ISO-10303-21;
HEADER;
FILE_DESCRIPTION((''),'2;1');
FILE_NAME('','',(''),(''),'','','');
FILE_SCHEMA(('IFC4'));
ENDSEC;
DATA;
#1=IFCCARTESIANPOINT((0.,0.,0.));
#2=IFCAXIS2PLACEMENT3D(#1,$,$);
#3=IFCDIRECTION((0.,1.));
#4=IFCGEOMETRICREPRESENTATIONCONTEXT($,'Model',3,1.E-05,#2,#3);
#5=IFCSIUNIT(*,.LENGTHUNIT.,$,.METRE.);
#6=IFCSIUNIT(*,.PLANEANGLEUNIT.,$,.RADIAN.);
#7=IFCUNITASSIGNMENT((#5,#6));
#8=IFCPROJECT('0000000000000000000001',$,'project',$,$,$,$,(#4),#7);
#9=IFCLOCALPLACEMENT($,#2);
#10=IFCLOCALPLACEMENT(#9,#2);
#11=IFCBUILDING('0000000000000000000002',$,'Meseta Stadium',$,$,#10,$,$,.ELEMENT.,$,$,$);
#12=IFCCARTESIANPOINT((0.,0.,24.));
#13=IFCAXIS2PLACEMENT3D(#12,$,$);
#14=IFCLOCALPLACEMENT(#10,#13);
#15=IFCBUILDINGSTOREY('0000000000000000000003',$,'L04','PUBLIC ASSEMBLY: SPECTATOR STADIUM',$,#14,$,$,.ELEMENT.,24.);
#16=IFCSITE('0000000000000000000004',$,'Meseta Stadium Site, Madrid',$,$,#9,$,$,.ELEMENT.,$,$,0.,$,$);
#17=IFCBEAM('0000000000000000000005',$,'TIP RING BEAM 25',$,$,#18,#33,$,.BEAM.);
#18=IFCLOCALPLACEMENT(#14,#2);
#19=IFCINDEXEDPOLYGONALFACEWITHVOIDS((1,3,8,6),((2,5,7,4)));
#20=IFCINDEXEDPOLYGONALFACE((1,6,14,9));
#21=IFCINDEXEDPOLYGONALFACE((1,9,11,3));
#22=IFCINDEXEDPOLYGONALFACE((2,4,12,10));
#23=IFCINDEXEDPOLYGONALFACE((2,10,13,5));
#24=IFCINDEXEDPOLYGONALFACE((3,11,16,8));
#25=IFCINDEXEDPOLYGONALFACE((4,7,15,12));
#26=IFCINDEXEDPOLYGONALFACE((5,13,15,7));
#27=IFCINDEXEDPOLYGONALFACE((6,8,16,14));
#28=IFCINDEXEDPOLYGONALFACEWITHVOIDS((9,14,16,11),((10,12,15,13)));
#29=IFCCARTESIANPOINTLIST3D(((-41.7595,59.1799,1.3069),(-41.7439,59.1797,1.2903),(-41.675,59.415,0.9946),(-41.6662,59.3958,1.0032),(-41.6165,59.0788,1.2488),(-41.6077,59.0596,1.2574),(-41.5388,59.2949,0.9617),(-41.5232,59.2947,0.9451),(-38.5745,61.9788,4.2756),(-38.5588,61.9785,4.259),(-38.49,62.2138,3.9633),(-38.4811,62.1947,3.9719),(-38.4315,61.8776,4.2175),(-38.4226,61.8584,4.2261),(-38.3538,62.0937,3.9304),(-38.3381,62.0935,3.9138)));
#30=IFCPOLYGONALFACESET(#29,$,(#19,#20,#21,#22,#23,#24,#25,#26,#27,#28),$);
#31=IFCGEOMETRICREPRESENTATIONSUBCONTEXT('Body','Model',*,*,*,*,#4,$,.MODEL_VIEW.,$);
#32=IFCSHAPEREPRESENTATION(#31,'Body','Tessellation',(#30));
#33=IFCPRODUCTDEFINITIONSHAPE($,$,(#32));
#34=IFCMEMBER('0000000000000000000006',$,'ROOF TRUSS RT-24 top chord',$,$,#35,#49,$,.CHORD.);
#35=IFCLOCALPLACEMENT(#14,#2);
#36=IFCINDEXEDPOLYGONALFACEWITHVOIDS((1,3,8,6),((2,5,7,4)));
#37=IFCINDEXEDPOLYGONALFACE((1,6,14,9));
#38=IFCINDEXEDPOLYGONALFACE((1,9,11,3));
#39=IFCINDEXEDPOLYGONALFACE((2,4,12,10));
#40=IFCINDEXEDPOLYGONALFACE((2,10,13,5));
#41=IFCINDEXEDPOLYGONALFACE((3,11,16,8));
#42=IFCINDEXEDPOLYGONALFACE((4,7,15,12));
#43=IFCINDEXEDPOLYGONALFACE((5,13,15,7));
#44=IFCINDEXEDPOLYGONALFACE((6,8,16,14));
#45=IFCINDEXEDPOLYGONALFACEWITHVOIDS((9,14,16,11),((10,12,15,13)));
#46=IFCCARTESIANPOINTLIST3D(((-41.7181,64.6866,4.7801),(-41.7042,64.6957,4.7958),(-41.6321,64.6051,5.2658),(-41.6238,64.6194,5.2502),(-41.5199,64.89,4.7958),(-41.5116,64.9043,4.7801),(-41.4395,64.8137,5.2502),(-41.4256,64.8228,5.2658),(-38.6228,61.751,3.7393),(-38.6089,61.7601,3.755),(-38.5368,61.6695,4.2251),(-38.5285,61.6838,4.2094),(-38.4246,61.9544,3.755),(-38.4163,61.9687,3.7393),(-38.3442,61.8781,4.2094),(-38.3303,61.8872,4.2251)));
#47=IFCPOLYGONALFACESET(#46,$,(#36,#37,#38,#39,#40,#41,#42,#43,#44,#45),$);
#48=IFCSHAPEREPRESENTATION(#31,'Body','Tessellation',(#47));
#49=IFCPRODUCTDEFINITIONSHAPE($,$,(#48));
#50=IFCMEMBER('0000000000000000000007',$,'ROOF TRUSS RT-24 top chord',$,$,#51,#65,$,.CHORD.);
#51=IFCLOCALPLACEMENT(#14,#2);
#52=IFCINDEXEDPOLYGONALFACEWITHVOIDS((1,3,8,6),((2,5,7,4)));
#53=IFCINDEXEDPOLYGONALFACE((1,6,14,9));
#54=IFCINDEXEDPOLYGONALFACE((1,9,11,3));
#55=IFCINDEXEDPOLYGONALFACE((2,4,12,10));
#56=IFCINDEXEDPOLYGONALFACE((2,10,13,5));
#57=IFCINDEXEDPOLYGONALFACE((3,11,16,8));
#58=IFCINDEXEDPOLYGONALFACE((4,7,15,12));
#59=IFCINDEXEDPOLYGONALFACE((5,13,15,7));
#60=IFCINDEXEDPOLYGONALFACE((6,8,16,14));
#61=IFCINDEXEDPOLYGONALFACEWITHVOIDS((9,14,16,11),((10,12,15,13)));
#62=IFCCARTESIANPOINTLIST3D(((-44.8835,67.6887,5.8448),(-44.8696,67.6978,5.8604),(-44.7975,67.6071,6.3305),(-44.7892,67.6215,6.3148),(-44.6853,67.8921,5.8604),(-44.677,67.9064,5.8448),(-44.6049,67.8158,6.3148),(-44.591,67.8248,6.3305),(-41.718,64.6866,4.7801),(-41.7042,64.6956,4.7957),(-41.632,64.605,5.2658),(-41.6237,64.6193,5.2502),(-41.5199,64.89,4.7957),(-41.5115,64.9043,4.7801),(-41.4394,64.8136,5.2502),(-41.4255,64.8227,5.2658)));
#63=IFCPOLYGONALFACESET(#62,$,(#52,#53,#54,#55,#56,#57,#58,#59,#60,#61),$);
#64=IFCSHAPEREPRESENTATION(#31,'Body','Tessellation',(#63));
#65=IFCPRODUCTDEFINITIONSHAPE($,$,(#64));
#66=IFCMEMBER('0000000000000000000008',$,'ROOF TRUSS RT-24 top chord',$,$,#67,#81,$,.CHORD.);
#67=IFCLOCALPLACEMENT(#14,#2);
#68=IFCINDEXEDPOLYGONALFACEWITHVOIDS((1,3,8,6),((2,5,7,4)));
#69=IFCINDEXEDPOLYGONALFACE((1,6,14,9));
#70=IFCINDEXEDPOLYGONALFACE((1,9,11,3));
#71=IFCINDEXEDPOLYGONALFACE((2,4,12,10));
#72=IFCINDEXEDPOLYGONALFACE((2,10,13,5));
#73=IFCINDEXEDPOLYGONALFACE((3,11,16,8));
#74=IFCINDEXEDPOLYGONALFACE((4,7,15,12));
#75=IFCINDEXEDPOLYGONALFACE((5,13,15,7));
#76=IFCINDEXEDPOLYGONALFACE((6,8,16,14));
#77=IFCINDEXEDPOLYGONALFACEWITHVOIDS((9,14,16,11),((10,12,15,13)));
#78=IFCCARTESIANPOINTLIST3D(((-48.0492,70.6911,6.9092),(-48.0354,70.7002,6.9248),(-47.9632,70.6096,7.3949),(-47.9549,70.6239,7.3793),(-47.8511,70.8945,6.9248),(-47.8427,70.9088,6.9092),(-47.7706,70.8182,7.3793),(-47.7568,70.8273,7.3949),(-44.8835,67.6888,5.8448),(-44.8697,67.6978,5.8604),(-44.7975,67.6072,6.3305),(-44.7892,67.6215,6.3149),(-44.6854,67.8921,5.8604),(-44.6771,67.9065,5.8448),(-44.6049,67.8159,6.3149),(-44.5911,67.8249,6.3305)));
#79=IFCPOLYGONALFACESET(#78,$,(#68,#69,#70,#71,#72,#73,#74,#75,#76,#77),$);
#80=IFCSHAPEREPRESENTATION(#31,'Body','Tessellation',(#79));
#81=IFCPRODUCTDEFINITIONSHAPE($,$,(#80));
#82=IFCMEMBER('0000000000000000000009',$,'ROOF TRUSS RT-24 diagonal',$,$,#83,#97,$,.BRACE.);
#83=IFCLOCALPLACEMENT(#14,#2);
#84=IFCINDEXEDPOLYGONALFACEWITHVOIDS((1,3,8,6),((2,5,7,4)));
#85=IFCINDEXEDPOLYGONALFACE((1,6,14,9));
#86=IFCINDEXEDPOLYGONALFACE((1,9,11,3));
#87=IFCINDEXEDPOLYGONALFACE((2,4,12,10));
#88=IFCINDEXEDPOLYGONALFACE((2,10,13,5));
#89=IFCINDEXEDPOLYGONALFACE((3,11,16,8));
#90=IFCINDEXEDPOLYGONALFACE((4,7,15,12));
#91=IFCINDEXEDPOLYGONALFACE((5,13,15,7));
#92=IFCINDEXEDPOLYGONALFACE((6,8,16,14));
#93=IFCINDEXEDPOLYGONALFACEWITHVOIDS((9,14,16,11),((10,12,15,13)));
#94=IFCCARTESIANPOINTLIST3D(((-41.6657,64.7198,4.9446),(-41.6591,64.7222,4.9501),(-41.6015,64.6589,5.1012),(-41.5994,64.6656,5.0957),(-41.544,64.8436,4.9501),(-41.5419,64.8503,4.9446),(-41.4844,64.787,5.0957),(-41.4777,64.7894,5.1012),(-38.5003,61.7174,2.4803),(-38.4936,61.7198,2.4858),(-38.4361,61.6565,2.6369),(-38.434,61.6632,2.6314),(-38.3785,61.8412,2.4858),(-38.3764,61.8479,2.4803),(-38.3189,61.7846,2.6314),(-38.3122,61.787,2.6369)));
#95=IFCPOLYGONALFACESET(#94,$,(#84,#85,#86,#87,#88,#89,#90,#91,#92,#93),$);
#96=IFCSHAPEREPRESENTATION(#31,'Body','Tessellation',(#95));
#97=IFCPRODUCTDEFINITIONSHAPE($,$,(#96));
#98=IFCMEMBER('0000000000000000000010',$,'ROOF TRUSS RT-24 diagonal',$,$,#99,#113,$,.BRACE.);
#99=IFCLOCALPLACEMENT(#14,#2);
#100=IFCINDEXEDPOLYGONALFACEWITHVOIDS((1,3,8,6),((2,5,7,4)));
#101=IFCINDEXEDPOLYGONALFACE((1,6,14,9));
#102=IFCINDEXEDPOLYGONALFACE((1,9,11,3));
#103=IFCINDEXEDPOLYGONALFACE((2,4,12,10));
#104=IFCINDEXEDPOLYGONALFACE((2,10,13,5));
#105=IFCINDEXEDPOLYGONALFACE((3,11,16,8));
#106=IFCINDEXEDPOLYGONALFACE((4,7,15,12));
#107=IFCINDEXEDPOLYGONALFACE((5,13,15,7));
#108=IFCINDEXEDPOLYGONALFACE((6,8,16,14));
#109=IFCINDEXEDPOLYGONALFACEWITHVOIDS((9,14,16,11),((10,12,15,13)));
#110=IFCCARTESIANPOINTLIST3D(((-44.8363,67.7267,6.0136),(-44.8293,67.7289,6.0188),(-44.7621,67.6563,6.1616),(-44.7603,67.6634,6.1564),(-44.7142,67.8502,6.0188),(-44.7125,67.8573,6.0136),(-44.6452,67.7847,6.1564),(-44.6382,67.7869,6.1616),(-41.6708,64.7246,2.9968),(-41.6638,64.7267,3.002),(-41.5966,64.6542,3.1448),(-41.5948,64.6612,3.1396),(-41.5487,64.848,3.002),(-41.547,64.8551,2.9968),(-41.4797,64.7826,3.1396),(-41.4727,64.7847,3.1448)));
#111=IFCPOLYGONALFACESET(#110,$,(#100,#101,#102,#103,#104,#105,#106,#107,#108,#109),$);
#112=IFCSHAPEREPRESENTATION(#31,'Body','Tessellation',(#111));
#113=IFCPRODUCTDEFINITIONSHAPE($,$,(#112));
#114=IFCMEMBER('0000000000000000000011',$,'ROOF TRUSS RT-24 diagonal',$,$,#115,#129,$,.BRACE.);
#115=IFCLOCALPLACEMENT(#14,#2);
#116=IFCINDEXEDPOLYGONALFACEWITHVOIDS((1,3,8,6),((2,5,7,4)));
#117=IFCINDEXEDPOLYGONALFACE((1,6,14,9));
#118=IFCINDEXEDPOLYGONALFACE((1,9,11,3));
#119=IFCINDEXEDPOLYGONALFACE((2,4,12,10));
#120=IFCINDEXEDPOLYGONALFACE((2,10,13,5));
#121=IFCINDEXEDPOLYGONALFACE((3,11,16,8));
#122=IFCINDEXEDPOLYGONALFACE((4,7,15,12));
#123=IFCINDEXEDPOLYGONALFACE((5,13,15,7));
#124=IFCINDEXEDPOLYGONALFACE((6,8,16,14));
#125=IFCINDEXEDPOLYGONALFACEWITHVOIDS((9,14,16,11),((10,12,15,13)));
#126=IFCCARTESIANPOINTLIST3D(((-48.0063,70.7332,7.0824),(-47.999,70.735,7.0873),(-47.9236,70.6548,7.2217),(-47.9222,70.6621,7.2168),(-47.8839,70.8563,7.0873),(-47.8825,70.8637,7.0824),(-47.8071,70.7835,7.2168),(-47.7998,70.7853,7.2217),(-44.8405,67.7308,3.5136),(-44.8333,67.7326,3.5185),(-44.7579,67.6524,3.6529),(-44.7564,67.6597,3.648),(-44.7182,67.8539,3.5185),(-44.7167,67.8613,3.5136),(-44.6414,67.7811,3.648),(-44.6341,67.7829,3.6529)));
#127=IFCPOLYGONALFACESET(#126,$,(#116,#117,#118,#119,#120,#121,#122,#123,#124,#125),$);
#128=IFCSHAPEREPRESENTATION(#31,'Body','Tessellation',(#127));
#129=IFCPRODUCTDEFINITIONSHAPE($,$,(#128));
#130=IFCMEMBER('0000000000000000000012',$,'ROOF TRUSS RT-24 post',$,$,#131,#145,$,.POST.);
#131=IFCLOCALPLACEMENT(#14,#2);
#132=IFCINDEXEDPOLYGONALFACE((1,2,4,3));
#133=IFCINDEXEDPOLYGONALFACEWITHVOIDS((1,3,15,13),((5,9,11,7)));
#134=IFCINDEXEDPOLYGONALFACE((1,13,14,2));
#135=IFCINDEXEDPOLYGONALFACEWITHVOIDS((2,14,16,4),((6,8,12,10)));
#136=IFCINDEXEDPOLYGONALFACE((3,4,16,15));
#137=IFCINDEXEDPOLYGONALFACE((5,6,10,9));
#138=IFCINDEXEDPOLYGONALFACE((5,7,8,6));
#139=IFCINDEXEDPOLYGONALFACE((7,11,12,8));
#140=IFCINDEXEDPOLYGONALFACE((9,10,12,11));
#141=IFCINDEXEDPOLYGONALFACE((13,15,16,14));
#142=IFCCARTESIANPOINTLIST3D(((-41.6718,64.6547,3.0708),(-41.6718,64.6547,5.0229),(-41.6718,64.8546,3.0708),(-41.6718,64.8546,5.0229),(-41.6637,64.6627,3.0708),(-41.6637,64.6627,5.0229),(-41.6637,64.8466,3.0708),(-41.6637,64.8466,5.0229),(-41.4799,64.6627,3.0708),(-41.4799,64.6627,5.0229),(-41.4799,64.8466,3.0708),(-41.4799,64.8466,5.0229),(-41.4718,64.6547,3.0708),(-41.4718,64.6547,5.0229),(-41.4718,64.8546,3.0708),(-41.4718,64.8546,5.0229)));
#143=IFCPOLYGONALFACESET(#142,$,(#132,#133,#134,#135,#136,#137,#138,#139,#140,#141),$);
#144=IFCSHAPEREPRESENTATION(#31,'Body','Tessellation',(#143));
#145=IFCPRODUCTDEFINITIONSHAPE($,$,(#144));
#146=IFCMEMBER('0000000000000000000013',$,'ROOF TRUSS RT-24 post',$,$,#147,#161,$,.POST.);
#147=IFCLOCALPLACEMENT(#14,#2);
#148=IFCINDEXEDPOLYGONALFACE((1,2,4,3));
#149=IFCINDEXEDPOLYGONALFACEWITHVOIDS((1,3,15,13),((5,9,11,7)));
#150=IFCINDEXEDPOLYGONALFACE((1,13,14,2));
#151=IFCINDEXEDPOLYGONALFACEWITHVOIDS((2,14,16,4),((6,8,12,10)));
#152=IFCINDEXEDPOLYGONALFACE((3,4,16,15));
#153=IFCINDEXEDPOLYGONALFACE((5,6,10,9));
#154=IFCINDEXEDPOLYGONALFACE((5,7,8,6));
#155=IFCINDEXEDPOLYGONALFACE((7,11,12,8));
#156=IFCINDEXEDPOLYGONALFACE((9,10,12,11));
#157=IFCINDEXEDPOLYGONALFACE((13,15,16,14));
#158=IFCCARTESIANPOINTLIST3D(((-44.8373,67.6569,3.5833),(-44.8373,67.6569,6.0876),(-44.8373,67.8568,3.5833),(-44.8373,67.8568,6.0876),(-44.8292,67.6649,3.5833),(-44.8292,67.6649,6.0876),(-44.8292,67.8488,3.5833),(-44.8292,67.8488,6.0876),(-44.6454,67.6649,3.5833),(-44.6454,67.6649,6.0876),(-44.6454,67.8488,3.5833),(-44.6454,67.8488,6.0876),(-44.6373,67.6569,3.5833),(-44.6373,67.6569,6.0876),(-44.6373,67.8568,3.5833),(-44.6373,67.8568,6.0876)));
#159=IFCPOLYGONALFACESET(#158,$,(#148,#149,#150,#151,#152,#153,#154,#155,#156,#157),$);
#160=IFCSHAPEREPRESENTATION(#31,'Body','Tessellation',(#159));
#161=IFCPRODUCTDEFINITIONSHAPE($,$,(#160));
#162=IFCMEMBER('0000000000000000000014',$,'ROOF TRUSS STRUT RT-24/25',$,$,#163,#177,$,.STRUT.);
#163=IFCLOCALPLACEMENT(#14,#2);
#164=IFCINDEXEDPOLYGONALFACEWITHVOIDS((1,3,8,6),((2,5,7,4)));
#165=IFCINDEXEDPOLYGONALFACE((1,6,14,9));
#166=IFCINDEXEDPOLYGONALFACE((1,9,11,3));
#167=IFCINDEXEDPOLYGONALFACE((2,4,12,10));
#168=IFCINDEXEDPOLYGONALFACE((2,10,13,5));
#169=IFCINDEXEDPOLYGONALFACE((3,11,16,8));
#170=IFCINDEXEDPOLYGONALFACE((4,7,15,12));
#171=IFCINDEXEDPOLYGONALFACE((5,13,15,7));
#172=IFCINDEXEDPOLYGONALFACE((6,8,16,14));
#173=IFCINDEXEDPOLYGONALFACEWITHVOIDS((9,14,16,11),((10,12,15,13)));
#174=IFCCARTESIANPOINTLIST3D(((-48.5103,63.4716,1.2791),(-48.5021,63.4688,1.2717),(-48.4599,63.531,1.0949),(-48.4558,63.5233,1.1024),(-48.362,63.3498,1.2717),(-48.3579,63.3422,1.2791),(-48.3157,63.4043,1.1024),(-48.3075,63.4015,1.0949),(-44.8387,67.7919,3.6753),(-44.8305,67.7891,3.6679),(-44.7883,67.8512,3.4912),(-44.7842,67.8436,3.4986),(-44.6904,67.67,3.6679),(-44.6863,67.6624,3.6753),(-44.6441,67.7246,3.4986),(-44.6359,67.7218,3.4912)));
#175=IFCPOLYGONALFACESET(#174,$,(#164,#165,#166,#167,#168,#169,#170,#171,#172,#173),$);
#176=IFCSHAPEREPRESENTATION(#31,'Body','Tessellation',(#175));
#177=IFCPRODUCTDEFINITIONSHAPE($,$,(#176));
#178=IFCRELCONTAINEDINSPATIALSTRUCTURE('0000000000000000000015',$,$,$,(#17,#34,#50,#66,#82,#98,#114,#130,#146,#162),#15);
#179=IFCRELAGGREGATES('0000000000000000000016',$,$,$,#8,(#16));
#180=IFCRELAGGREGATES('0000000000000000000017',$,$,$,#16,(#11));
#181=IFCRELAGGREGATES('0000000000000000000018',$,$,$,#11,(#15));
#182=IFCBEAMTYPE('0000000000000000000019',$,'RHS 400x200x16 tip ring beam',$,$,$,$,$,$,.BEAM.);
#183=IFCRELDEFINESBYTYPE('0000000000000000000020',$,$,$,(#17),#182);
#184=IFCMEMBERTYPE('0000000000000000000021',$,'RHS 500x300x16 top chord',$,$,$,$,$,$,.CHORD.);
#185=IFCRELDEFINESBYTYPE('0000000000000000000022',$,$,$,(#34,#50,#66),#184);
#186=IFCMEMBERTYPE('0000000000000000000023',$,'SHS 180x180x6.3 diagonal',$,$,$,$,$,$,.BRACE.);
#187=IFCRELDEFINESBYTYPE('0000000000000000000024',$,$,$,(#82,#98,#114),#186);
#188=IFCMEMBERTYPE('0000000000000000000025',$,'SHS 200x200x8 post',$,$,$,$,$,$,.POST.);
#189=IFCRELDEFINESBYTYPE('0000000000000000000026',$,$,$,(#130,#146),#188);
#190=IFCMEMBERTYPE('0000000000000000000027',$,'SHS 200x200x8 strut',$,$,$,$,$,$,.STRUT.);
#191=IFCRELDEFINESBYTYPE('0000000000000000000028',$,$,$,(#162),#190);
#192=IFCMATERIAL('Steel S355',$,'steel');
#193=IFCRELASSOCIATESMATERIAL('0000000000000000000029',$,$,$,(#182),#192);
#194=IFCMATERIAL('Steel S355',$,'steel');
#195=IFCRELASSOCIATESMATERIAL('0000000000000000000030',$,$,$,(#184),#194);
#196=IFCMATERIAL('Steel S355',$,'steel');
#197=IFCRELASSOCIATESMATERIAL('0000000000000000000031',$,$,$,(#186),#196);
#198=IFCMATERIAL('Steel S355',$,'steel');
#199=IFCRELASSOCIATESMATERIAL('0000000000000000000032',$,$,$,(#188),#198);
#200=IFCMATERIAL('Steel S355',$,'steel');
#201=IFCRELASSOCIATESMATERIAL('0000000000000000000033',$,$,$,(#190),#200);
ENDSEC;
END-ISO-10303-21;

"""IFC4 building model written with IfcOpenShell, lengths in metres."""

from ifc_helpers import new_model, si_unit, direction, frame, origin, origin_2d, place, context, subcontext, project, spatial, hollow_rectangle, extrude, material, material_profile, profile_set, type_object, element, save


model = new_model("IFC4")

# Units and contexts
model_context = context("Model", 3, precision=1e-05, world=origin(), true_north=direction((0.0, 1.0)))
body_context = subcontext(model_context, "Body", "Model", "MODEL_VIEW")
ifc_project = project(units=[si_unit("LENGTHUNIT", "METRE"), si_unit("PLANEANGLEUNIT", "RADIAN")], contexts=[model_context])

# Site, building, storey
site_placement = place(None, origin())
site = spatial("IfcSite", under=ifc_project, at=site_placement, Name="Meseta Stadium Site, Madrid", CompositionType="ELEMENT", RefElevation=0.0)
building_placement = place(site_placement, origin())
building = spatial("IfcBuilding", under=site, at=building_placement, Name="Meseta Stadium", CompositionType="ELEMENT")
storey_placement = place(building_placement, frame((0.0, 0.0, 24.0)))
storey = spatial("IfcBuildingStorey", under=building, at=storey_placement, Name="L04", Description="PUBLIC ASSEMBLY: SPECTATOR STADIUM", CompositionType="ELEMENT", Elevation=24.0)

# Beam
ifc_material_1 = material(Name="Steel S355", Category="steel")
ifc_material_profile_1 = material_profile(ifc_material_1, hollow_rectangle(XDim=0.2, YDim=0.3999, WallThickness=0.0161, at=origin_2d()), Name="RHS 400x200x16")
ifc_profile_set_1 = profile_set([ifc_material_profile_1], Name="Steel S355")
beam_type = type_object("IfcBeamType", Name="RHS 400x200x16 tip ring beam", PredefinedType="BEAM", material=ifc_profile_set_1)
beam_placement = place(storey_placement, frame((-38.4563, 62.0361, 4.0947), z_axis=(-0.615345, -0.540726, -0.573555), x_axis=(0.759396, -0.601747, -0.247422)))
element("IfcBeam", 1, at=beam_placement, inside=storey, type_object=beam_type, Name="TIP RING BEAM 25", PredefinedType="BEAM", context=body_context, shape_type="SweptSolid", body=[
    extrude(hollow_rectangle(XDim=0.2, YDim=0.3999, WallThickness=0.0161, at=origin_2d()), origin(), (0.0, 0.0, 1.0), 5.176),
])

# Members
ifc_material_2 = material(Name="Steel S355", Category="steel")
ifc_material_profile_2 = material_profile(ifc_material_2, hollow_rectangle(XDim=0.3, YDim=0.5, WallThickness=0.0161, at=origin_2d()), Name="RHS 500x300x16")
ifc_profile_set_2 = profile_set([ifc_material_profile_2], Name="Steel S355")
member_type_1 = type_object("IfcMemberType", Name="RHS 500x300x16 top chord", PredefinedType="CHORD", material=ifc_profile_set_2)
member_1_placement = place(storey_placement, frame((-38.4766, 61.8191, 3.9822), z_axis=(-0.704898, 0.668535, 0.237023), x_axis=(-0.688145, -0.725574, 0.0)))
element("IfcMember", 2, at=member_1_placement, inside=storey, type_object=member_type_1, Name="ROOF TRUSS RT-24 top chord", PredefinedType="CHORD", context=body_context, shape_type="SweptSolid", body=[
    extrude(hollow_rectangle(XDim=0.3, YDim=0.5, WallThickness=0.0161, at=origin_2d()), origin(), (0.0, 0.0, 1.0), 4.3911),
])
member_2_placement = place(storey_placement, frame((-41.5718, 64.7546, 5.0229), z_axis=(-0.704891, 0.668521, 0.237084), x_axis=(-0.68814, -0.725578, 0.0)))
element("IfcMember", 3, at=member_2_placement, inside=storey, type_object=member_type_1, Name="ROOF TRUSS RT-24 top chord", PredefinedType="CHORD", context=body_context, shape_type="SweptSolid", body=[
    extrude(hollow_rectangle(XDim=0.3, YDim=0.5, WallThickness=0.0161, at=origin_2d()), origin(), (0.0, 0.0, 1.0), 4.4907),
])
member_3_placement = place(storey_placement, frame((-44.7373, 67.7568, 6.0876), z_axis=(-0.704902, 0.668534, 0.237015), x_axis=(-0.688142, -0.725576, 0.0)))
element("IfcMember", 4, at=member_3_placement, inside=storey, type_object=member_type_1, Name="ROOF TRUSS RT-24 top chord", PredefinedType="CHORD", context=body_context, shape_type="SweptSolid", body=[
    extrude(hollow_rectangle(XDim=0.3, YDim=0.5, WallThickness=0.0161, at=origin_2d()), origin(), (0.0, 0.0, 1.0), 4.491),
])
ifc_material_3 = material(Name="Steel S355", Category="steel")
ifc_material_profile_3 = material_profile(ifc_material_3, hollow_rectangle(XDim=0.1799, YDim=0.1799, WallThickness=0.0063, at=origin_2d()), Name="SHS 180x180x6.3")
ifc_profile_set_3 = profile_set([ifc_material_profile_3], Name="Steel S355")
member_type_2 = type_object("IfcMemberType", Name="SHS 180x180x6.3 diagonal", PredefinedType="BRACE", material=ifc_profile_set_3)
member_4_placement = place(storey_placement, frame((-38.4062, 61.7522, 2.5586), z_axis=(-0.631739, 0.599192, 0.491807), x_axis=(-0.68817, -0.72555, 0.0)))
element("IfcMember", 5, at=member_4_placement, inside=storey, type_object=member_type_2, Name="ROOF TRUSS RT-24 diagonal", PredefinedType="BRACE", context=body_context, shape_type="SweptSolid", body=[
    extrude(hollow_rectangle(XDim=0.1799, YDim=0.1799, WallThickness=0.0063, at=origin_2d()), origin(), (0.0, 0.0, 1.0), 5.0107),
])
member_5_placement = place(storey_placement, frame((-41.5718, 64.7546, 3.0708), z_axis=(-0.59679, 0.565998, 0.56876), x_axis=(-0.68814, -0.725578, 0.0)))
element("IfcMember", 6, at=member_5_placement, inside=storey, type_object=member_type_2, Name="ROOF TRUSS RT-24 diagonal", PredefinedType="BRACE", context=body_context, shape_type="SweptSolid", body=[
    extrude(hollow_rectangle(XDim=0.1799, YDim=0.1799, WallThickness=0.0063, at=origin_2d()), origin(), (0.0, 0.0, 1.0), 5.3042),
])
member_6_placement = place(storey_placement, frame((-44.7373, 67.7568, 3.5833), z_axis=(-0.561626, 0.532651, 0.633134), x_axis=(-0.688142, -0.725576, 0.0)))
element("IfcMember", 7, at=member_6_placement, inside=storey, type_object=member_type_2, Name="ROOF TRUSS RT-24 diagonal", PredefinedType="BRACE", context=body_context, shape_type="SweptSolid", body=[
    extrude(hollow_rectangle(XDim=0.1799, YDim=0.1799, WallThickness=0.0063, at=origin_2d()), origin(), (0.0, 0.0, 1.0), 5.6367),
])
ifc_material_4 = material(Name="Steel S355", Category="steel")
ifc_material_profile_4 = material_profile(ifc_material_4, hollow_rectangle(XDim=0.2, YDim=0.2, WallThickness=0.0081, at=origin_2d()), Name="SHS 200x200x8")
ifc_profile_set_4 = profile_set([ifc_material_profile_4], Name="Steel S355")
member_type_3 = type_object("IfcMemberType", Name="SHS 200x200x8 post", PredefinedType="POST", material=ifc_profile_set_4)
member_7_placement = place(storey_placement, frame((-41.5718, 64.7546, 3.0708), z_axis=(0.0, 0.0, 1.0), x_axis=(1.0, 0.0, 0.0)))
element("IfcMember", 8, at=member_7_placement, inside=storey, type_object=member_type_3, Name="ROOF TRUSS RT-24 post", PredefinedType="POST", context=body_context, shape_type="SweptSolid", body=[
    extrude(hollow_rectangle(XDim=0.2, YDim=0.2, WallThickness=0.0081, at=origin_2d()), origin(), (0.0, 0.0, 1.0), 1.9521),
])
member_8_placement = place(storey_placement, frame((-44.7373, 67.7568, 3.5833), z_axis=(0.0, 0.0, 1.0), x_axis=(1.0, 0.0, 0.0)))
element("IfcMember", 9, at=member_8_placement, inside=storey, type_object=member_type_3, Name="ROOF TRUSS RT-24 post", PredefinedType="POST", context=body_context, shape_type="SweptSolid", body=[
    extrude(hollow_rectangle(XDim=0.2, YDim=0.2, WallThickness=0.0081, at=origin_2d()), origin(), (0.0, 0.0, 1.0), 2.5044),
])
ifc_material_5 = material(Name="Steel S355", Category="steel")
ifc_material_profile_5 = material_profile(ifc_material_5, hollow_rectangle(XDim=0.2, YDim=0.2, WallThickness=0.0081, at=origin_2d()), Name="SHS 200x200x8")
ifc_profile_set_5 = profile_set([ifc_material_profile_5], Name="Steel S355")
member_type_4 = type_object("IfcMemberType", Name="SHS 200x200x8 strut", PredefinedType="STRUT", material=ifc_profile_set_5)
member_9_placement = place(storey_placement, frame((-44.7373, 67.7568, 3.5833), z_axis=(-0.596497, -0.701883, -0.389296), x_axis=(0.761995, -0.647583, 0.0)))
element("IfcMember", 10, at=member_9_placement, inside=storey, type_object=member_type_4, Name="ROOF TRUSS STRUT RT-24/25", PredefinedType="STRUT", context=body_context, shape_type="SweptSolid", body=[
    extrude(hollow_rectangle(XDim=0.2, YDim=0.2, WallThickness=0.0081, at=origin_2d()), origin(), (0.0, 0.0, 1.0), 6.1553),
])

save(model, "model.ifc")
